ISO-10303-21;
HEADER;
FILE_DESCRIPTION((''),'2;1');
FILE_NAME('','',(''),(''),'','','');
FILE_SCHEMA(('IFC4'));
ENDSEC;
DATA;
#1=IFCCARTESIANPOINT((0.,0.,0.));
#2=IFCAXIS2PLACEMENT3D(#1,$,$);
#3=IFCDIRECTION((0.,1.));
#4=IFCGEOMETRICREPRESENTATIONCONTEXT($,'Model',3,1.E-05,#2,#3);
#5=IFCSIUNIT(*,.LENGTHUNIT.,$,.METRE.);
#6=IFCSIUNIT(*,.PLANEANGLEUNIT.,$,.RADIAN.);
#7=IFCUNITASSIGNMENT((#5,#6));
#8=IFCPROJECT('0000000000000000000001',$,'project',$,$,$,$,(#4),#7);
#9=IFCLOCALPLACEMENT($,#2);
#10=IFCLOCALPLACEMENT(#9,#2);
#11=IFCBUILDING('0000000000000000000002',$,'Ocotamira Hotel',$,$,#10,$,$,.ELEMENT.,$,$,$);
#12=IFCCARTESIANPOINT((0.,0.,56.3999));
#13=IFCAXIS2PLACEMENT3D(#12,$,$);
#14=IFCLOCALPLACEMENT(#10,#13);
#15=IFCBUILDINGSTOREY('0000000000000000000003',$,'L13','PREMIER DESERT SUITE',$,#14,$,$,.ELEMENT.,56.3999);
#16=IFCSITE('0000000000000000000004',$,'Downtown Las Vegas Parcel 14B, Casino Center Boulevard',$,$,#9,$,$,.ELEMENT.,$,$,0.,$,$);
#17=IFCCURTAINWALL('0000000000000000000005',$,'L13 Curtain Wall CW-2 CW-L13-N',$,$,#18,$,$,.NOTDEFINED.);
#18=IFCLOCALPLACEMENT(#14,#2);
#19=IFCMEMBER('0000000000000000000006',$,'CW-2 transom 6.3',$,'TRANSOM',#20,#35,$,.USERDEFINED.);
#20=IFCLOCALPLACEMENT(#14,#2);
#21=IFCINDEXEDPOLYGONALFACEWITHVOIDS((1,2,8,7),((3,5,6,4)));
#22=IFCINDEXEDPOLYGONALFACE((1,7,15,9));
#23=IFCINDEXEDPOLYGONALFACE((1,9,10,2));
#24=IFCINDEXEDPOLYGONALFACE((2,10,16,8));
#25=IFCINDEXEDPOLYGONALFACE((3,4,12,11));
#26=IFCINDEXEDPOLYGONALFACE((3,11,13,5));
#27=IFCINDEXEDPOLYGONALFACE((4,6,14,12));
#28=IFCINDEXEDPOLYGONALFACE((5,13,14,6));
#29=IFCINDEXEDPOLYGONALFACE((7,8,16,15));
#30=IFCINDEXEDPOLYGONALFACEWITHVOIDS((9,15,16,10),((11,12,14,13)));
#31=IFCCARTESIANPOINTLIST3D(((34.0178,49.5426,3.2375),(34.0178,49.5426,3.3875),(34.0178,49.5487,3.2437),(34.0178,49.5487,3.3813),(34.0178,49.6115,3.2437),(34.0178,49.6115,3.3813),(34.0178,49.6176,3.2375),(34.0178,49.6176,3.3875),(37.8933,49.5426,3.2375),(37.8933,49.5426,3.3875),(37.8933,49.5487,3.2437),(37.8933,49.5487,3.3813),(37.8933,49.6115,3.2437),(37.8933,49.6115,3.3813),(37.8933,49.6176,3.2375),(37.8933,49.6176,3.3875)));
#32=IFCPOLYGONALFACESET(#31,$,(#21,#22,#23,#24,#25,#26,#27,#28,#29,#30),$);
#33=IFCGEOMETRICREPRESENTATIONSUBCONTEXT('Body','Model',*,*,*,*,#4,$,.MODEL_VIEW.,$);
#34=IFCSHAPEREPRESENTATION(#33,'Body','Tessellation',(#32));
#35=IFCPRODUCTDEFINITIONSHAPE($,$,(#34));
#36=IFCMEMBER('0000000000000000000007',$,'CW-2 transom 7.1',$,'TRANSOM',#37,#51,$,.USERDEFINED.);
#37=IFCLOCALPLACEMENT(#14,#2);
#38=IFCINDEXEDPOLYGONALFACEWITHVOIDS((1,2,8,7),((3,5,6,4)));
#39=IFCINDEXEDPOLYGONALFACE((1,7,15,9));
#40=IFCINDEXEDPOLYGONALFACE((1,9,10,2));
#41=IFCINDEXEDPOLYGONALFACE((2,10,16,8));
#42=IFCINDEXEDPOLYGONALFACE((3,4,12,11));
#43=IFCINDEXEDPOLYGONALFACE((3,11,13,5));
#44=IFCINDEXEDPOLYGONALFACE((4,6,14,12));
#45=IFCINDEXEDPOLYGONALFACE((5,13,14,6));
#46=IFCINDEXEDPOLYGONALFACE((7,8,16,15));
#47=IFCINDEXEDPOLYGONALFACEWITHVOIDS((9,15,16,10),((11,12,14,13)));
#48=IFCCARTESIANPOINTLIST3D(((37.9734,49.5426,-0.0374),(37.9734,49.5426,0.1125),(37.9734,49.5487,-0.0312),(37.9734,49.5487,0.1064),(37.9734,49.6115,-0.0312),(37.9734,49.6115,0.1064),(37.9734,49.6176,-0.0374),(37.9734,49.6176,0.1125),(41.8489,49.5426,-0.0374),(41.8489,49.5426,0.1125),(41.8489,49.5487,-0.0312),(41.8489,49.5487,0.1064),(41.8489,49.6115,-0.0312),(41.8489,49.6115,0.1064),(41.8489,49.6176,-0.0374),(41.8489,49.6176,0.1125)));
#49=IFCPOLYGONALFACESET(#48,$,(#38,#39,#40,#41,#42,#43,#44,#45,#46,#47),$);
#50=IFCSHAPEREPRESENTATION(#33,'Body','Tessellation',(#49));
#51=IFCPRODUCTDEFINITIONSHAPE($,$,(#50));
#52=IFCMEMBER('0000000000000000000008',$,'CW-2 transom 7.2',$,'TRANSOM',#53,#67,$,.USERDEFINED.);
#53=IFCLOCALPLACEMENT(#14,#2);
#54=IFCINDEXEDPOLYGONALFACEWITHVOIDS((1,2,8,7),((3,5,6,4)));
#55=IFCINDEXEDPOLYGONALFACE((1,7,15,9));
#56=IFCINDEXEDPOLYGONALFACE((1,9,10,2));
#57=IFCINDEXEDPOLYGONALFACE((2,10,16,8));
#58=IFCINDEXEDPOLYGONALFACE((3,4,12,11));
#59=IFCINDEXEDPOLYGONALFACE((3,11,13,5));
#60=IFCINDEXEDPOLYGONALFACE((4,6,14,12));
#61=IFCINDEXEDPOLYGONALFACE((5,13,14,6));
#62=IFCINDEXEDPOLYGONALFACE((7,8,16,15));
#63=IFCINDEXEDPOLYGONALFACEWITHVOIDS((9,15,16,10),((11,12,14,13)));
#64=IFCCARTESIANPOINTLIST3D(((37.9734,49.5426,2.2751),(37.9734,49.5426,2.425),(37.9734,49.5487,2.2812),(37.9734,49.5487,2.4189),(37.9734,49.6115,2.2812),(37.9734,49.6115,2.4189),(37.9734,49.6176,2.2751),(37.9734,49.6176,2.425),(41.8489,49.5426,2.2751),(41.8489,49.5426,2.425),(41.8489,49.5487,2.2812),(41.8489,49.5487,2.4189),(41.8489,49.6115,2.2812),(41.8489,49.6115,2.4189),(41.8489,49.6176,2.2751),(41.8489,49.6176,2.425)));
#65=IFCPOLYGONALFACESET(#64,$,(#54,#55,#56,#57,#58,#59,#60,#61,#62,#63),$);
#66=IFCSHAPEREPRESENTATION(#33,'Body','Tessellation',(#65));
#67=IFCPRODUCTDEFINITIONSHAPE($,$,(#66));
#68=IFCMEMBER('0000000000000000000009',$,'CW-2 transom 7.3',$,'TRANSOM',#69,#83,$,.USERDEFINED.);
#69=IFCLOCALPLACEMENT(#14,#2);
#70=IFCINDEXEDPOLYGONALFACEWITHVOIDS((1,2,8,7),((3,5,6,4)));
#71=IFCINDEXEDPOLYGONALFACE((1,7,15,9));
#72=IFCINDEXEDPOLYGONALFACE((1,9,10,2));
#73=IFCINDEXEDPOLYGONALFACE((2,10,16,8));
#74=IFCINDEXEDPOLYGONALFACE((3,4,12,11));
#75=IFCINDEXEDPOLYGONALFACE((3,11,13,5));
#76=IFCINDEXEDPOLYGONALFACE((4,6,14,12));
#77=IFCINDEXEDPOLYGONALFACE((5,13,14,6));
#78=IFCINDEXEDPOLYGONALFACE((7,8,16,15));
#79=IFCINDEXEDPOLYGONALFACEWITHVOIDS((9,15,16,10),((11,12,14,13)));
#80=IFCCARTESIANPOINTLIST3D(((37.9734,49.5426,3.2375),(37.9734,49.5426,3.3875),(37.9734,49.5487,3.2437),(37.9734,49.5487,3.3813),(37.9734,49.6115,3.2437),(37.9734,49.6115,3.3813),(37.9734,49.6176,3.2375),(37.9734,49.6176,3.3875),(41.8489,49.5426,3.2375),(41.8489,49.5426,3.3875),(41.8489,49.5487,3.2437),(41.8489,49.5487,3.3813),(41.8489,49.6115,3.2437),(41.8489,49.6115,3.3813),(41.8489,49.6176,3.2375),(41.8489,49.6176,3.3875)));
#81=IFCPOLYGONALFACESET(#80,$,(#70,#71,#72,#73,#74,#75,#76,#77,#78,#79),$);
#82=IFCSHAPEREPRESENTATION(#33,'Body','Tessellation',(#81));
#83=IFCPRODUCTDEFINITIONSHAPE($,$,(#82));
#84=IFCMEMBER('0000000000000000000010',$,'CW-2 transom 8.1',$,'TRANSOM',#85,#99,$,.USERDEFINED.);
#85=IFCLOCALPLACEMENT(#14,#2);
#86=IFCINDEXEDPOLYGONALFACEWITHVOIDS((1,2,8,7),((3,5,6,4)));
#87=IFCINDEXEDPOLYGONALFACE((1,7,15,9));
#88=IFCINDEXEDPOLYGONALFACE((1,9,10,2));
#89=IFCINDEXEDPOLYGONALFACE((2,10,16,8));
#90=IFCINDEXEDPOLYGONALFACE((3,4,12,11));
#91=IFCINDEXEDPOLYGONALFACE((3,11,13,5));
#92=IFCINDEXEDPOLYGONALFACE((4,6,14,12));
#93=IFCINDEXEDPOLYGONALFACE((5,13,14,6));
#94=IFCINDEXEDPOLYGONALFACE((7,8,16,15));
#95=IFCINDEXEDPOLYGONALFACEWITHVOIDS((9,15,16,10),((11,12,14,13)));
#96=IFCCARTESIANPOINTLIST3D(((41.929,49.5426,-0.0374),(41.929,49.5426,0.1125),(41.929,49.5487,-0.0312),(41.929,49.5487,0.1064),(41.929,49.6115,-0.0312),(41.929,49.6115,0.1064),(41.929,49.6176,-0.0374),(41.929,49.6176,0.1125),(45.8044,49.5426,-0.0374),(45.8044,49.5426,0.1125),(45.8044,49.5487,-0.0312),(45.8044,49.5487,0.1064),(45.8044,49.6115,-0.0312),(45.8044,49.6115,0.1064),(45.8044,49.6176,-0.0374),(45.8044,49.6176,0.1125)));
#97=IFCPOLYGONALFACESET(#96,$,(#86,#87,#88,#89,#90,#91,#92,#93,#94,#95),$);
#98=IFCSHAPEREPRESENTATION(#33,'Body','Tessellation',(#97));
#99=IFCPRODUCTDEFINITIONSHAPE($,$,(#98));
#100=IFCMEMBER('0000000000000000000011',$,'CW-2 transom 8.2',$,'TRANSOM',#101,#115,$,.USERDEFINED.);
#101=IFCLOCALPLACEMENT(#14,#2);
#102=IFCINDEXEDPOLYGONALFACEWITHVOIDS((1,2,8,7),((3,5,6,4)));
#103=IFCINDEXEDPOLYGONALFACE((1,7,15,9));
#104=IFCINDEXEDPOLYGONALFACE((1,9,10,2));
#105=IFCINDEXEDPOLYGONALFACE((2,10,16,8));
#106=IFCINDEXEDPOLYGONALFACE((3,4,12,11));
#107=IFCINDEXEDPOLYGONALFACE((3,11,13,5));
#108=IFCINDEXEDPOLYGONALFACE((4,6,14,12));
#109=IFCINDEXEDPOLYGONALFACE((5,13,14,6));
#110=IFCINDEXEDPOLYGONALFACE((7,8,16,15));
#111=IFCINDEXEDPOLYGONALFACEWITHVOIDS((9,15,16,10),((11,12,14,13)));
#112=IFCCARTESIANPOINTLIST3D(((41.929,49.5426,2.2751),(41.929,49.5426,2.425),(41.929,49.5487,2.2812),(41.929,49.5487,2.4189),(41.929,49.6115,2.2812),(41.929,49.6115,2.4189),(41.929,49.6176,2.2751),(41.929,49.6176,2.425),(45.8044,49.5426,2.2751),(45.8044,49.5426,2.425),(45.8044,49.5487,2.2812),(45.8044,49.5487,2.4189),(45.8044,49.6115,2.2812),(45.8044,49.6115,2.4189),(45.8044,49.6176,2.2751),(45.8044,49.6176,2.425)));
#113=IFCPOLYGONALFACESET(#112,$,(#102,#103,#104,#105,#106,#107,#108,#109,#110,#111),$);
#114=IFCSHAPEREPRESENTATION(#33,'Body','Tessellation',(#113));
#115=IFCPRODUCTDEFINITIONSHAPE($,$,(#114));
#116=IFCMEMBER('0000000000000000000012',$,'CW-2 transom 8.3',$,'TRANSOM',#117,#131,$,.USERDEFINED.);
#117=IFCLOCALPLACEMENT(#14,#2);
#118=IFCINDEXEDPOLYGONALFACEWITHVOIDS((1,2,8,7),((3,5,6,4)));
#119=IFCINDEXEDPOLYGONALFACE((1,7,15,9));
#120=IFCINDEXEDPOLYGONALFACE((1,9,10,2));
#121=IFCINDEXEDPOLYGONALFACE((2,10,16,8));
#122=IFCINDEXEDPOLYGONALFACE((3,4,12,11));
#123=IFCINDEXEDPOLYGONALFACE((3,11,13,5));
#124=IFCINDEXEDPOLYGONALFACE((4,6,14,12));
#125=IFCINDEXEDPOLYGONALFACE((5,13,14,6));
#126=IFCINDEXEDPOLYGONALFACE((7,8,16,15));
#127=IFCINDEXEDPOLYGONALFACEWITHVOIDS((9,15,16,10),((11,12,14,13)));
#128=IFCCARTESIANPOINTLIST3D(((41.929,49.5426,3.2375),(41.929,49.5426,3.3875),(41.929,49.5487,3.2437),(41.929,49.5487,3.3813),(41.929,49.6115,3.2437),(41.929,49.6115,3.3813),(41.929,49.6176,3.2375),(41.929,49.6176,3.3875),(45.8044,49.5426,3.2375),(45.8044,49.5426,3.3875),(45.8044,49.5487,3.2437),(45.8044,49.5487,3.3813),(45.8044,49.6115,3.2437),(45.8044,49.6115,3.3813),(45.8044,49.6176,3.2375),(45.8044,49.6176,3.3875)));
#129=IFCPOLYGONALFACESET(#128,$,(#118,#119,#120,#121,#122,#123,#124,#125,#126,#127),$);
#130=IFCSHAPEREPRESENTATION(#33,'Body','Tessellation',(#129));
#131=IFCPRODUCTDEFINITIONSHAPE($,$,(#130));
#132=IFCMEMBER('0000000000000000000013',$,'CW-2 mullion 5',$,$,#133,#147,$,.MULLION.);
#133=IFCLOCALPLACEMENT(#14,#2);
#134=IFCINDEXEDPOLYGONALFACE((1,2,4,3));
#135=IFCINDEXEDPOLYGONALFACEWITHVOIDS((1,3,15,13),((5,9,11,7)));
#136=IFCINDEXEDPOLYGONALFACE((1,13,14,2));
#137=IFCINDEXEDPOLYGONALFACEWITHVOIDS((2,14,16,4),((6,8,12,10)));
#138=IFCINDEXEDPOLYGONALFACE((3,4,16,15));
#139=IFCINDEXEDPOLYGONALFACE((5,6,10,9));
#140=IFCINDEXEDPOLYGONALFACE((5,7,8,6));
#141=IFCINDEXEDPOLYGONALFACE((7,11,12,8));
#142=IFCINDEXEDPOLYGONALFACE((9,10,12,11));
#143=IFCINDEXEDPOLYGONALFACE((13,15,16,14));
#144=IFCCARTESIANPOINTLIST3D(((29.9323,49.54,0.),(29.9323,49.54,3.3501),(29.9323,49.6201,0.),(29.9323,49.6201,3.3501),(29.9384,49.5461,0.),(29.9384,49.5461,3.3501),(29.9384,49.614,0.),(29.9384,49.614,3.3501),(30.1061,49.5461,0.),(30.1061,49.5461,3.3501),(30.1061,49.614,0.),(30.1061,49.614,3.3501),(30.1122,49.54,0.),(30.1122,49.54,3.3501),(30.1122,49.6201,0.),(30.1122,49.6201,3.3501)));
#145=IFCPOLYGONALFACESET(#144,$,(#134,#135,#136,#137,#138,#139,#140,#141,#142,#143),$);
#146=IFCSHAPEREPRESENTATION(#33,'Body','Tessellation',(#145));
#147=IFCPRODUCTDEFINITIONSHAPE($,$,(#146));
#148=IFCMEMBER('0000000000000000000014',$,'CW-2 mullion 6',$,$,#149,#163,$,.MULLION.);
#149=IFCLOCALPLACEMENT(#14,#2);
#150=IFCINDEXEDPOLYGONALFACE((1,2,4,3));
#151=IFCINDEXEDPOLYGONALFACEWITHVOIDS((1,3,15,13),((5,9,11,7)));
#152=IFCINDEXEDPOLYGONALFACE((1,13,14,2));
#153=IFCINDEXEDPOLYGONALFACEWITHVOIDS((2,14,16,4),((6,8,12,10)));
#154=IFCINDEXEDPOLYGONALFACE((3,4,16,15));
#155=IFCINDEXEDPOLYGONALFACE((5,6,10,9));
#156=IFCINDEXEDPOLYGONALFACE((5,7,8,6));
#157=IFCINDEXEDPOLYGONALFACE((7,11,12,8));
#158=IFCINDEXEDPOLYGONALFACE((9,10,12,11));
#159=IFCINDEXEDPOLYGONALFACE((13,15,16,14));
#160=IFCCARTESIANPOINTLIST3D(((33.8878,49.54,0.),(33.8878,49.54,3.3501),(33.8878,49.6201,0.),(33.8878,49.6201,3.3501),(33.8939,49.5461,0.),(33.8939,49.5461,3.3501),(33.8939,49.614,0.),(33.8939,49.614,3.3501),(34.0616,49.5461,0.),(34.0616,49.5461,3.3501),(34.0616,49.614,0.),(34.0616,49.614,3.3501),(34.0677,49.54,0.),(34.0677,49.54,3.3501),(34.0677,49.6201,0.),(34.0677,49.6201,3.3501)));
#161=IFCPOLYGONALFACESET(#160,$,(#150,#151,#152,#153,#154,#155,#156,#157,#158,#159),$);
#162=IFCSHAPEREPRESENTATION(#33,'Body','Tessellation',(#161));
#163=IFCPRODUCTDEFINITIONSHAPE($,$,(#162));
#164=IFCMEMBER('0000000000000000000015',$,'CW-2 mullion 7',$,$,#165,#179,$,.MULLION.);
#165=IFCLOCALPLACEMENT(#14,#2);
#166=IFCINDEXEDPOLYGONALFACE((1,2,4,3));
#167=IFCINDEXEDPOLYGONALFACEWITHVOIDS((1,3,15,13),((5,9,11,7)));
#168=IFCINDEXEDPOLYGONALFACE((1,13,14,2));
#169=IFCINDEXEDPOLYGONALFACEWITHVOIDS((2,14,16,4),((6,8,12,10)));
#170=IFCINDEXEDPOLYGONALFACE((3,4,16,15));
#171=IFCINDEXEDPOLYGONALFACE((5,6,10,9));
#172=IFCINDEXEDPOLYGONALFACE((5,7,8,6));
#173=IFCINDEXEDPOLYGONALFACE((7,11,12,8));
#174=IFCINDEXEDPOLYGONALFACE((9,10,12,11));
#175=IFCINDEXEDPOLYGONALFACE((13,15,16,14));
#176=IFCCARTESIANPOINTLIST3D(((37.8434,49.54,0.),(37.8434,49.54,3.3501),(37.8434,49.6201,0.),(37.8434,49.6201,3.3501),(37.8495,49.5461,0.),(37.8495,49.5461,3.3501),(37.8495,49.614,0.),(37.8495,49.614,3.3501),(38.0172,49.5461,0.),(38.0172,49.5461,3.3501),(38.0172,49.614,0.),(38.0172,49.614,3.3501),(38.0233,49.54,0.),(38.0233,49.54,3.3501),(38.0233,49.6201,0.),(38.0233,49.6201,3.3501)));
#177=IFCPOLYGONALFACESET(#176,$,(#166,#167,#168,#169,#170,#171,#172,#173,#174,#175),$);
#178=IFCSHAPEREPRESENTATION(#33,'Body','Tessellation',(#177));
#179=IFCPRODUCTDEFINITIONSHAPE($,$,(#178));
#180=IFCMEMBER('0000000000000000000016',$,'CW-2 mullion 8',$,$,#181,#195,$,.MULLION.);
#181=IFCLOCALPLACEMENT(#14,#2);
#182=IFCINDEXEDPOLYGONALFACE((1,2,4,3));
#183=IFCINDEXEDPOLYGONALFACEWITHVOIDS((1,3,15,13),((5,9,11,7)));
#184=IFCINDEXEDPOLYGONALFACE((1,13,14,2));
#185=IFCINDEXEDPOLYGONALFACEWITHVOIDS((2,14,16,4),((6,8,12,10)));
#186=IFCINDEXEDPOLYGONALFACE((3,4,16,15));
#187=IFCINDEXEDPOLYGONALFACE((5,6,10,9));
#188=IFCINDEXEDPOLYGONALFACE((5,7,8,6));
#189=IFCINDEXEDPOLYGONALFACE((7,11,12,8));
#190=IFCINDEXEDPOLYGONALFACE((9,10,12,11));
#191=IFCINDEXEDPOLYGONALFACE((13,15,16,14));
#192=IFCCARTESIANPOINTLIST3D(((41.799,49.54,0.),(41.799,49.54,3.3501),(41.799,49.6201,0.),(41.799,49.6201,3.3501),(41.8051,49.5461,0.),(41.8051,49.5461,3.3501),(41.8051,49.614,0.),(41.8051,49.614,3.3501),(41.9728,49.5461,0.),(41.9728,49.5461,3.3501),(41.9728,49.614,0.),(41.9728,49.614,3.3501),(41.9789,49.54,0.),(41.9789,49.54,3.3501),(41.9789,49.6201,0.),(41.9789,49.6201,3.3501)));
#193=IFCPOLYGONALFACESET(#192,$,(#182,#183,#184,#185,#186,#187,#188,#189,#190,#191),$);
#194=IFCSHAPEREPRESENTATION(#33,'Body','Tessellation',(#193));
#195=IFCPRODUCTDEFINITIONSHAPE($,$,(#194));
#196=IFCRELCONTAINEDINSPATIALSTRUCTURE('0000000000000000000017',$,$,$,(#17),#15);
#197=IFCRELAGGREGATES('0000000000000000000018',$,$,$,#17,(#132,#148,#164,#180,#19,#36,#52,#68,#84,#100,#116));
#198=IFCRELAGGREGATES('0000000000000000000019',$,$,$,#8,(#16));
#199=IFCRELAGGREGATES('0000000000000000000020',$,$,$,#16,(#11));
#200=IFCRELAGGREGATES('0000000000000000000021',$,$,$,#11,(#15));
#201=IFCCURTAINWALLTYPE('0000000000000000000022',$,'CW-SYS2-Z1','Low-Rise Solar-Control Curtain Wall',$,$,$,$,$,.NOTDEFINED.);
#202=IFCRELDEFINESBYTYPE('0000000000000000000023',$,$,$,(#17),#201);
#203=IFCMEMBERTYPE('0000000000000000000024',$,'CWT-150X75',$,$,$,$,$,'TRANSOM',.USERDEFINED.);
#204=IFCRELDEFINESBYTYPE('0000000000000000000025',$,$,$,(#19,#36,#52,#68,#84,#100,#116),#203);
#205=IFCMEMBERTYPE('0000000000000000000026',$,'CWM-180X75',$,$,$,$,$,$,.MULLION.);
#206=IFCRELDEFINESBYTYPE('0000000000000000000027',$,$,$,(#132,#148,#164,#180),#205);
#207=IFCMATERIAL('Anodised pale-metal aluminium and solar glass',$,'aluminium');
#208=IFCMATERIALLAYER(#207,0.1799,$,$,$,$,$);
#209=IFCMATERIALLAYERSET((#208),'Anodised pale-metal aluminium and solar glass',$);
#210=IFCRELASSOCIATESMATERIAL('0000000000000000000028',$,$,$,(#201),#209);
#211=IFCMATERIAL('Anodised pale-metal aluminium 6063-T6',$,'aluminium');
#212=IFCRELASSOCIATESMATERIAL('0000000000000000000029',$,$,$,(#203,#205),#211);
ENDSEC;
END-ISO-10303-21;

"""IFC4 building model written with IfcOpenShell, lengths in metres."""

from ifc_helpers import new_model, si_unit, direction, frame, origin, origin_2d, place, context, subcontext, project, spatial, hollow_rectangle, extrude, source, transform, mapped, material, layer, layer_set, material_profile, profile_set, type_object, element, aggregate, save


model = new_model("IFC4")

# Units and contexts
model_context = context("Model", 3, precision=1e-05, world=origin(), true_north=direction((0.0, 1.0)))
body_context = subcontext(model_context, "Body", "Model", "MODEL_VIEW")
ifc_project = project(units=[si_unit("LENGTHUNIT", "METRE"), si_unit("PLANEANGLEUNIT", "RADIAN")], contexts=[model_context])

# Site, building, storey
site_placement = place(None, origin())
site = spatial("IfcSite", under=ifc_project, at=site_placement, Name="Downtown Las Vegas Parcel 14B, Casino Center Boulevard", CompositionType="ELEMENT", RefElevation=0.0)
building_placement = place(site_placement, origin())
building = spatial("IfcBuilding", under=site, at=building_placement, Name="Ocotamira Hotel", CompositionType="ELEMENT")
storey_placement = place(building_placement, frame((0.0, 0.0, 56.3999)))
storey = spatial("IfcBuildingStorey", under=building, at=storey_placement, Name="L13", Description="PREMIER DESERT SUITE", CompositionType="ELEMENT", Elevation=56.3999)

# Curtain wall, members
ifc_material_1 = material(Name="Anodised pale-metal aluminium and solar glass", Category="aluminium")
ifc_layer_1 = layer(ifc_material_1, 0.1799)
ifc_layer_set_1 = layer_set([ifc_layer_1], Name="Anodised pale-metal aluminium and solar glass")
curtain_wall_type = type_object("IfcCurtainWallType", Name="CW-SYS2-Z1", Description="Low-Rise Solar-Control Curtain Wall", PredefinedType="NOTDEFINED", material=ifc_layer_set_1)
curtain_wall_placement = place(storey_placement, origin())
curtain_wall = element("IfcCurtainWall", 1, at=curtain_wall_placement, inside=storey, type_object=curtain_wall_type, Name="L13 Curtain Wall CW-2 CW-L13-N", PredefinedType="NOTDEFINED")
ifc_material_2 = material(Name="Anodised pale-metal aluminium 6063-T6", Category="aluminium")
ifc_material_profile_1 = material_profile(ifc_material_2, hollow_rectangle(XDim=0.075, YDim=0.1499, WallThickness=0.0061, at=origin_2d()), Name="HSS150X75X6")
ifc_profile_set_1 = profile_set([ifc_material_profile_1], Name="Anodised pale-metal aluminium 6063-T6")
member_type_1 = type_object("IfcMemberType", Name="CWT-150X75", ElementType="TRANSOM", PredefinedType="USERDEFINED", material=ifc_profile_set_1)
shared_shape_1 = source(origin(), body_context, "Body", "SweptSolid", [
    extrude(hollow_rectangle(XDim=0.075, YDim=0.1499, WallThickness=0.0061, at=origin_2d()), origin(), (0.0, 0.0, 1.0), 3.8755),
])
member_1_placement = place(storey_placement, frame((34.0178, 49.5801, 3.3125), z_axis=(1.0, 0.0, 0.0), x_axis=(0.0, 1.0, 0.0)))
member_1 = element("IfcMember", 2, at=member_1_placement, type_object=member_type_1, Name="CW-2 transom 6.3", ObjectType="TRANSOM", PredefinedType="USERDEFINED", context=body_context, shape_type="MappedRepresentation", body=[
    mapped(shared_shape_1, transform((0.0, 0.0, 0.0), scale=1.0)),
])
member_2_placement = place(storey_placement, frame((37.9734, 49.5801, 0.0376), z_axis=(1.0, 0.0, 0.0), x_axis=(0.0, 1.0, 0.0)))
member_2 = element("IfcMember", 3, at=member_2_placement, type_object=member_type_1, Name="CW-2 transom 7.1", ObjectType="TRANSOM", PredefinedType="USERDEFINED", context=body_context, shape_type="MappedRepresentation", body=[
    mapped(shared_shape_1, transform((0.0, 0.0, 0.0), scale=1.0)),
])
member_3_placement = place(storey_placement, frame((37.9734, 49.5801, 2.3501), z_axis=(1.0, 0.0, 0.0), x_axis=(0.0, 1.0, 0.0)))
member_3 = element("IfcMember", 4, at=member_3_placement, type_object=member_type_1, Name="CW-2 transom 7.2", ObjectType="TRANSOM", PredefinedType="USERDEFINED", context=body_context, shape_type="MappedRepresentation", body=[
    mapped(shared_shape_1, transform((0.0, 0.0, 0.0), scale=1.0)),
])
member_4_placement = place(storey_placement, frame((37.9734, 49.5801, 3.3125), z_axis=(1.0, 0.0, 0.0), x_axis=(0.0, 1.0, 0.0)))
member_4 = element("IfcMember", 5, at=member_4_placement, type_object=member_type_1, Name="CW-2 transom 7.3", ObjectType="TRANSOM", PredefinedType="USERDEFINED", context=body_context, shape_type="MappedRepresentation", body=[
    mapped(shared_shape_1, transform((0.0, 0.0, 0.0), scale=1.0)),
])
member_5_placement = place(storey_placement, frame((41.929, 49.5801, 0.0376), z_axis=(1.0, 0.0, 0.0), x_axis=(0.0, 1.0, 0.0)))
member_5 = element("IfcMember", 6, at=member_5_placement, type_object=member_type_1, Name="CW-2 transom 8.1", ObjectType="TRANSOM", PredefinedType="USERDEFINED", context=body_context, shape_type="MappedRepresentation", body=[
    mapped(shared_shape_1, transform((0.0, 0.0, 0.0), scale=1.0)),
])
member_6_placement = place(storey_placement, frame((41.929, 49.5801, 2.3501), z_axis=(1.0, 0.0, 0.0), x_axis=(0.0, 1.0, 0.0)))
member_6 = element("IfcMember", 7, at=member_6_placement, type_object=member_type_1, Name="CW-2 transom 8.2", ObjectType="TRANSOM", PredefinedType="USERDEFINED", context=body_context, shape_type="MappedRepresentation", body=[
    mapped(shared_shape_1, transform((0.0, 0.0, 0.0), scale=1.0)),
])
member_7_placement = place(storey_placement, frame((41.929, 49.5801, 3.3125), z_axis=(1.0, 0.0, 0.0), x_axis=(0.0, 1.0, 0.0)))
member_7 = element("IfcMember", 8, at=member_7_placement, type_object=member_type_1, Name="CW-2 transom 8.3", ObjectType="TRANSOM", PredefinedType="USERDEFINED", context=body_context, shape_type="MappedRepresentation", body=[
    mapped(shared_shape_1, transform((0.0, 0.0, 0.0), scale=1.0)),
])
ifc_material_profile_2 = material_profile(ifc_material_2, hollow_rectangle(XDim=0.0801, YDim=0.1799, WallThickness=0.0061, at=origin_2d()), Name="HSS180X80X6")
ifc_profile_set_2 = profile_set([ifc_material_profile_2], Name="Anodised pale-metal aluminium 6063-T6")
member_type_2 = type_object("IfcMemberType", Name="CWM-180X75", PredefinedType="MULLION", material=ifc_profile_set_2)
shared_shape_2 = source(origin(), body_context, "Body", "SweptSolid", [
    extrude(hollow_rectangle(XDim=0.0801, YDim=0.1799, WallThickness=0.0061, at=origin_2d()), origin(), (0.0, 0.0, 1.0), 3.3501),
])
member_8_placement = place(storey_placement, frame((30.0222, 49.5801, 0.0), z_axis=(0.0, 0.0, 1.0), x_axis=(0.0, 1.0, 0.0)))
member_8 = element("IfcMember", 9, at=member_8_placement, type_object=member_type_2, Name="CW-2 mullion 5", PredefinedType="MULLION", context=body_context, shape_type="MappedRepresentation", body=[
    mapped(shared_shape_2, transform((0.0, 0.0, 0.0), scale=1.0)),
])
member_9_placement = place(storey_placement, frame((33.9778, 49.5801, 0.0), z_axis=(0.0, 0.0, 1.0), x_axis=(0.0, 1.0, 0.0)))
member_9 = element("IfcMember", 10, at=member_9_placement, type_object=member_type_2, Name="CW-2 mullion 6", PredefinedType="MULLION", context=body_context, shape_type="MappedRepresentation", body=[
    mapped(shared_shape_2, transform((0.0, 0.0, 0.0), scale=1.0)),
])
member_10_placement = place(storey_placement, frame((37.9333, 49.5801, 0.0), z_axis=(0.0, 0.0, 1.0), x_axis=(0.0, 1.0, 0.0)))
member_10 = element("IfcMember", 11, at=member_10_placement, type_object=member_type_2, Name="CW-2 mullion 7", PredefinedType="MULLION", context=body_context, shape_type="MappedRepresentation", body=[
    mapped(shared_shape_2, transform((0.0, 0.0, 0.0), scale=1.0)),
])
member_11_placement = place(storey_placement, frame((41.8889, 49.5801, 0.0), z_axis=(0.0, 0.0, 1.0), x_axis=(0.0, 1.0, 0.0)))
member_11 = element("IfcMember", 12, at=member_11_placement, type_object=member_type_2, Name="CW-2 mullion 8", PredefinedType="MULLION", context=body_context, shape_type="MappedRepresentation", body=[
    mapped(shared_shape_2, transform((0.0, 0.0, 0.0), scale=1.0)),
])

aggregate(curtain_wall, [member_8, member_9, member_10, member_11, member_1, member_2, member_3, member_4, member_5, member_6, member_7])

save(model, "model.ifc")
